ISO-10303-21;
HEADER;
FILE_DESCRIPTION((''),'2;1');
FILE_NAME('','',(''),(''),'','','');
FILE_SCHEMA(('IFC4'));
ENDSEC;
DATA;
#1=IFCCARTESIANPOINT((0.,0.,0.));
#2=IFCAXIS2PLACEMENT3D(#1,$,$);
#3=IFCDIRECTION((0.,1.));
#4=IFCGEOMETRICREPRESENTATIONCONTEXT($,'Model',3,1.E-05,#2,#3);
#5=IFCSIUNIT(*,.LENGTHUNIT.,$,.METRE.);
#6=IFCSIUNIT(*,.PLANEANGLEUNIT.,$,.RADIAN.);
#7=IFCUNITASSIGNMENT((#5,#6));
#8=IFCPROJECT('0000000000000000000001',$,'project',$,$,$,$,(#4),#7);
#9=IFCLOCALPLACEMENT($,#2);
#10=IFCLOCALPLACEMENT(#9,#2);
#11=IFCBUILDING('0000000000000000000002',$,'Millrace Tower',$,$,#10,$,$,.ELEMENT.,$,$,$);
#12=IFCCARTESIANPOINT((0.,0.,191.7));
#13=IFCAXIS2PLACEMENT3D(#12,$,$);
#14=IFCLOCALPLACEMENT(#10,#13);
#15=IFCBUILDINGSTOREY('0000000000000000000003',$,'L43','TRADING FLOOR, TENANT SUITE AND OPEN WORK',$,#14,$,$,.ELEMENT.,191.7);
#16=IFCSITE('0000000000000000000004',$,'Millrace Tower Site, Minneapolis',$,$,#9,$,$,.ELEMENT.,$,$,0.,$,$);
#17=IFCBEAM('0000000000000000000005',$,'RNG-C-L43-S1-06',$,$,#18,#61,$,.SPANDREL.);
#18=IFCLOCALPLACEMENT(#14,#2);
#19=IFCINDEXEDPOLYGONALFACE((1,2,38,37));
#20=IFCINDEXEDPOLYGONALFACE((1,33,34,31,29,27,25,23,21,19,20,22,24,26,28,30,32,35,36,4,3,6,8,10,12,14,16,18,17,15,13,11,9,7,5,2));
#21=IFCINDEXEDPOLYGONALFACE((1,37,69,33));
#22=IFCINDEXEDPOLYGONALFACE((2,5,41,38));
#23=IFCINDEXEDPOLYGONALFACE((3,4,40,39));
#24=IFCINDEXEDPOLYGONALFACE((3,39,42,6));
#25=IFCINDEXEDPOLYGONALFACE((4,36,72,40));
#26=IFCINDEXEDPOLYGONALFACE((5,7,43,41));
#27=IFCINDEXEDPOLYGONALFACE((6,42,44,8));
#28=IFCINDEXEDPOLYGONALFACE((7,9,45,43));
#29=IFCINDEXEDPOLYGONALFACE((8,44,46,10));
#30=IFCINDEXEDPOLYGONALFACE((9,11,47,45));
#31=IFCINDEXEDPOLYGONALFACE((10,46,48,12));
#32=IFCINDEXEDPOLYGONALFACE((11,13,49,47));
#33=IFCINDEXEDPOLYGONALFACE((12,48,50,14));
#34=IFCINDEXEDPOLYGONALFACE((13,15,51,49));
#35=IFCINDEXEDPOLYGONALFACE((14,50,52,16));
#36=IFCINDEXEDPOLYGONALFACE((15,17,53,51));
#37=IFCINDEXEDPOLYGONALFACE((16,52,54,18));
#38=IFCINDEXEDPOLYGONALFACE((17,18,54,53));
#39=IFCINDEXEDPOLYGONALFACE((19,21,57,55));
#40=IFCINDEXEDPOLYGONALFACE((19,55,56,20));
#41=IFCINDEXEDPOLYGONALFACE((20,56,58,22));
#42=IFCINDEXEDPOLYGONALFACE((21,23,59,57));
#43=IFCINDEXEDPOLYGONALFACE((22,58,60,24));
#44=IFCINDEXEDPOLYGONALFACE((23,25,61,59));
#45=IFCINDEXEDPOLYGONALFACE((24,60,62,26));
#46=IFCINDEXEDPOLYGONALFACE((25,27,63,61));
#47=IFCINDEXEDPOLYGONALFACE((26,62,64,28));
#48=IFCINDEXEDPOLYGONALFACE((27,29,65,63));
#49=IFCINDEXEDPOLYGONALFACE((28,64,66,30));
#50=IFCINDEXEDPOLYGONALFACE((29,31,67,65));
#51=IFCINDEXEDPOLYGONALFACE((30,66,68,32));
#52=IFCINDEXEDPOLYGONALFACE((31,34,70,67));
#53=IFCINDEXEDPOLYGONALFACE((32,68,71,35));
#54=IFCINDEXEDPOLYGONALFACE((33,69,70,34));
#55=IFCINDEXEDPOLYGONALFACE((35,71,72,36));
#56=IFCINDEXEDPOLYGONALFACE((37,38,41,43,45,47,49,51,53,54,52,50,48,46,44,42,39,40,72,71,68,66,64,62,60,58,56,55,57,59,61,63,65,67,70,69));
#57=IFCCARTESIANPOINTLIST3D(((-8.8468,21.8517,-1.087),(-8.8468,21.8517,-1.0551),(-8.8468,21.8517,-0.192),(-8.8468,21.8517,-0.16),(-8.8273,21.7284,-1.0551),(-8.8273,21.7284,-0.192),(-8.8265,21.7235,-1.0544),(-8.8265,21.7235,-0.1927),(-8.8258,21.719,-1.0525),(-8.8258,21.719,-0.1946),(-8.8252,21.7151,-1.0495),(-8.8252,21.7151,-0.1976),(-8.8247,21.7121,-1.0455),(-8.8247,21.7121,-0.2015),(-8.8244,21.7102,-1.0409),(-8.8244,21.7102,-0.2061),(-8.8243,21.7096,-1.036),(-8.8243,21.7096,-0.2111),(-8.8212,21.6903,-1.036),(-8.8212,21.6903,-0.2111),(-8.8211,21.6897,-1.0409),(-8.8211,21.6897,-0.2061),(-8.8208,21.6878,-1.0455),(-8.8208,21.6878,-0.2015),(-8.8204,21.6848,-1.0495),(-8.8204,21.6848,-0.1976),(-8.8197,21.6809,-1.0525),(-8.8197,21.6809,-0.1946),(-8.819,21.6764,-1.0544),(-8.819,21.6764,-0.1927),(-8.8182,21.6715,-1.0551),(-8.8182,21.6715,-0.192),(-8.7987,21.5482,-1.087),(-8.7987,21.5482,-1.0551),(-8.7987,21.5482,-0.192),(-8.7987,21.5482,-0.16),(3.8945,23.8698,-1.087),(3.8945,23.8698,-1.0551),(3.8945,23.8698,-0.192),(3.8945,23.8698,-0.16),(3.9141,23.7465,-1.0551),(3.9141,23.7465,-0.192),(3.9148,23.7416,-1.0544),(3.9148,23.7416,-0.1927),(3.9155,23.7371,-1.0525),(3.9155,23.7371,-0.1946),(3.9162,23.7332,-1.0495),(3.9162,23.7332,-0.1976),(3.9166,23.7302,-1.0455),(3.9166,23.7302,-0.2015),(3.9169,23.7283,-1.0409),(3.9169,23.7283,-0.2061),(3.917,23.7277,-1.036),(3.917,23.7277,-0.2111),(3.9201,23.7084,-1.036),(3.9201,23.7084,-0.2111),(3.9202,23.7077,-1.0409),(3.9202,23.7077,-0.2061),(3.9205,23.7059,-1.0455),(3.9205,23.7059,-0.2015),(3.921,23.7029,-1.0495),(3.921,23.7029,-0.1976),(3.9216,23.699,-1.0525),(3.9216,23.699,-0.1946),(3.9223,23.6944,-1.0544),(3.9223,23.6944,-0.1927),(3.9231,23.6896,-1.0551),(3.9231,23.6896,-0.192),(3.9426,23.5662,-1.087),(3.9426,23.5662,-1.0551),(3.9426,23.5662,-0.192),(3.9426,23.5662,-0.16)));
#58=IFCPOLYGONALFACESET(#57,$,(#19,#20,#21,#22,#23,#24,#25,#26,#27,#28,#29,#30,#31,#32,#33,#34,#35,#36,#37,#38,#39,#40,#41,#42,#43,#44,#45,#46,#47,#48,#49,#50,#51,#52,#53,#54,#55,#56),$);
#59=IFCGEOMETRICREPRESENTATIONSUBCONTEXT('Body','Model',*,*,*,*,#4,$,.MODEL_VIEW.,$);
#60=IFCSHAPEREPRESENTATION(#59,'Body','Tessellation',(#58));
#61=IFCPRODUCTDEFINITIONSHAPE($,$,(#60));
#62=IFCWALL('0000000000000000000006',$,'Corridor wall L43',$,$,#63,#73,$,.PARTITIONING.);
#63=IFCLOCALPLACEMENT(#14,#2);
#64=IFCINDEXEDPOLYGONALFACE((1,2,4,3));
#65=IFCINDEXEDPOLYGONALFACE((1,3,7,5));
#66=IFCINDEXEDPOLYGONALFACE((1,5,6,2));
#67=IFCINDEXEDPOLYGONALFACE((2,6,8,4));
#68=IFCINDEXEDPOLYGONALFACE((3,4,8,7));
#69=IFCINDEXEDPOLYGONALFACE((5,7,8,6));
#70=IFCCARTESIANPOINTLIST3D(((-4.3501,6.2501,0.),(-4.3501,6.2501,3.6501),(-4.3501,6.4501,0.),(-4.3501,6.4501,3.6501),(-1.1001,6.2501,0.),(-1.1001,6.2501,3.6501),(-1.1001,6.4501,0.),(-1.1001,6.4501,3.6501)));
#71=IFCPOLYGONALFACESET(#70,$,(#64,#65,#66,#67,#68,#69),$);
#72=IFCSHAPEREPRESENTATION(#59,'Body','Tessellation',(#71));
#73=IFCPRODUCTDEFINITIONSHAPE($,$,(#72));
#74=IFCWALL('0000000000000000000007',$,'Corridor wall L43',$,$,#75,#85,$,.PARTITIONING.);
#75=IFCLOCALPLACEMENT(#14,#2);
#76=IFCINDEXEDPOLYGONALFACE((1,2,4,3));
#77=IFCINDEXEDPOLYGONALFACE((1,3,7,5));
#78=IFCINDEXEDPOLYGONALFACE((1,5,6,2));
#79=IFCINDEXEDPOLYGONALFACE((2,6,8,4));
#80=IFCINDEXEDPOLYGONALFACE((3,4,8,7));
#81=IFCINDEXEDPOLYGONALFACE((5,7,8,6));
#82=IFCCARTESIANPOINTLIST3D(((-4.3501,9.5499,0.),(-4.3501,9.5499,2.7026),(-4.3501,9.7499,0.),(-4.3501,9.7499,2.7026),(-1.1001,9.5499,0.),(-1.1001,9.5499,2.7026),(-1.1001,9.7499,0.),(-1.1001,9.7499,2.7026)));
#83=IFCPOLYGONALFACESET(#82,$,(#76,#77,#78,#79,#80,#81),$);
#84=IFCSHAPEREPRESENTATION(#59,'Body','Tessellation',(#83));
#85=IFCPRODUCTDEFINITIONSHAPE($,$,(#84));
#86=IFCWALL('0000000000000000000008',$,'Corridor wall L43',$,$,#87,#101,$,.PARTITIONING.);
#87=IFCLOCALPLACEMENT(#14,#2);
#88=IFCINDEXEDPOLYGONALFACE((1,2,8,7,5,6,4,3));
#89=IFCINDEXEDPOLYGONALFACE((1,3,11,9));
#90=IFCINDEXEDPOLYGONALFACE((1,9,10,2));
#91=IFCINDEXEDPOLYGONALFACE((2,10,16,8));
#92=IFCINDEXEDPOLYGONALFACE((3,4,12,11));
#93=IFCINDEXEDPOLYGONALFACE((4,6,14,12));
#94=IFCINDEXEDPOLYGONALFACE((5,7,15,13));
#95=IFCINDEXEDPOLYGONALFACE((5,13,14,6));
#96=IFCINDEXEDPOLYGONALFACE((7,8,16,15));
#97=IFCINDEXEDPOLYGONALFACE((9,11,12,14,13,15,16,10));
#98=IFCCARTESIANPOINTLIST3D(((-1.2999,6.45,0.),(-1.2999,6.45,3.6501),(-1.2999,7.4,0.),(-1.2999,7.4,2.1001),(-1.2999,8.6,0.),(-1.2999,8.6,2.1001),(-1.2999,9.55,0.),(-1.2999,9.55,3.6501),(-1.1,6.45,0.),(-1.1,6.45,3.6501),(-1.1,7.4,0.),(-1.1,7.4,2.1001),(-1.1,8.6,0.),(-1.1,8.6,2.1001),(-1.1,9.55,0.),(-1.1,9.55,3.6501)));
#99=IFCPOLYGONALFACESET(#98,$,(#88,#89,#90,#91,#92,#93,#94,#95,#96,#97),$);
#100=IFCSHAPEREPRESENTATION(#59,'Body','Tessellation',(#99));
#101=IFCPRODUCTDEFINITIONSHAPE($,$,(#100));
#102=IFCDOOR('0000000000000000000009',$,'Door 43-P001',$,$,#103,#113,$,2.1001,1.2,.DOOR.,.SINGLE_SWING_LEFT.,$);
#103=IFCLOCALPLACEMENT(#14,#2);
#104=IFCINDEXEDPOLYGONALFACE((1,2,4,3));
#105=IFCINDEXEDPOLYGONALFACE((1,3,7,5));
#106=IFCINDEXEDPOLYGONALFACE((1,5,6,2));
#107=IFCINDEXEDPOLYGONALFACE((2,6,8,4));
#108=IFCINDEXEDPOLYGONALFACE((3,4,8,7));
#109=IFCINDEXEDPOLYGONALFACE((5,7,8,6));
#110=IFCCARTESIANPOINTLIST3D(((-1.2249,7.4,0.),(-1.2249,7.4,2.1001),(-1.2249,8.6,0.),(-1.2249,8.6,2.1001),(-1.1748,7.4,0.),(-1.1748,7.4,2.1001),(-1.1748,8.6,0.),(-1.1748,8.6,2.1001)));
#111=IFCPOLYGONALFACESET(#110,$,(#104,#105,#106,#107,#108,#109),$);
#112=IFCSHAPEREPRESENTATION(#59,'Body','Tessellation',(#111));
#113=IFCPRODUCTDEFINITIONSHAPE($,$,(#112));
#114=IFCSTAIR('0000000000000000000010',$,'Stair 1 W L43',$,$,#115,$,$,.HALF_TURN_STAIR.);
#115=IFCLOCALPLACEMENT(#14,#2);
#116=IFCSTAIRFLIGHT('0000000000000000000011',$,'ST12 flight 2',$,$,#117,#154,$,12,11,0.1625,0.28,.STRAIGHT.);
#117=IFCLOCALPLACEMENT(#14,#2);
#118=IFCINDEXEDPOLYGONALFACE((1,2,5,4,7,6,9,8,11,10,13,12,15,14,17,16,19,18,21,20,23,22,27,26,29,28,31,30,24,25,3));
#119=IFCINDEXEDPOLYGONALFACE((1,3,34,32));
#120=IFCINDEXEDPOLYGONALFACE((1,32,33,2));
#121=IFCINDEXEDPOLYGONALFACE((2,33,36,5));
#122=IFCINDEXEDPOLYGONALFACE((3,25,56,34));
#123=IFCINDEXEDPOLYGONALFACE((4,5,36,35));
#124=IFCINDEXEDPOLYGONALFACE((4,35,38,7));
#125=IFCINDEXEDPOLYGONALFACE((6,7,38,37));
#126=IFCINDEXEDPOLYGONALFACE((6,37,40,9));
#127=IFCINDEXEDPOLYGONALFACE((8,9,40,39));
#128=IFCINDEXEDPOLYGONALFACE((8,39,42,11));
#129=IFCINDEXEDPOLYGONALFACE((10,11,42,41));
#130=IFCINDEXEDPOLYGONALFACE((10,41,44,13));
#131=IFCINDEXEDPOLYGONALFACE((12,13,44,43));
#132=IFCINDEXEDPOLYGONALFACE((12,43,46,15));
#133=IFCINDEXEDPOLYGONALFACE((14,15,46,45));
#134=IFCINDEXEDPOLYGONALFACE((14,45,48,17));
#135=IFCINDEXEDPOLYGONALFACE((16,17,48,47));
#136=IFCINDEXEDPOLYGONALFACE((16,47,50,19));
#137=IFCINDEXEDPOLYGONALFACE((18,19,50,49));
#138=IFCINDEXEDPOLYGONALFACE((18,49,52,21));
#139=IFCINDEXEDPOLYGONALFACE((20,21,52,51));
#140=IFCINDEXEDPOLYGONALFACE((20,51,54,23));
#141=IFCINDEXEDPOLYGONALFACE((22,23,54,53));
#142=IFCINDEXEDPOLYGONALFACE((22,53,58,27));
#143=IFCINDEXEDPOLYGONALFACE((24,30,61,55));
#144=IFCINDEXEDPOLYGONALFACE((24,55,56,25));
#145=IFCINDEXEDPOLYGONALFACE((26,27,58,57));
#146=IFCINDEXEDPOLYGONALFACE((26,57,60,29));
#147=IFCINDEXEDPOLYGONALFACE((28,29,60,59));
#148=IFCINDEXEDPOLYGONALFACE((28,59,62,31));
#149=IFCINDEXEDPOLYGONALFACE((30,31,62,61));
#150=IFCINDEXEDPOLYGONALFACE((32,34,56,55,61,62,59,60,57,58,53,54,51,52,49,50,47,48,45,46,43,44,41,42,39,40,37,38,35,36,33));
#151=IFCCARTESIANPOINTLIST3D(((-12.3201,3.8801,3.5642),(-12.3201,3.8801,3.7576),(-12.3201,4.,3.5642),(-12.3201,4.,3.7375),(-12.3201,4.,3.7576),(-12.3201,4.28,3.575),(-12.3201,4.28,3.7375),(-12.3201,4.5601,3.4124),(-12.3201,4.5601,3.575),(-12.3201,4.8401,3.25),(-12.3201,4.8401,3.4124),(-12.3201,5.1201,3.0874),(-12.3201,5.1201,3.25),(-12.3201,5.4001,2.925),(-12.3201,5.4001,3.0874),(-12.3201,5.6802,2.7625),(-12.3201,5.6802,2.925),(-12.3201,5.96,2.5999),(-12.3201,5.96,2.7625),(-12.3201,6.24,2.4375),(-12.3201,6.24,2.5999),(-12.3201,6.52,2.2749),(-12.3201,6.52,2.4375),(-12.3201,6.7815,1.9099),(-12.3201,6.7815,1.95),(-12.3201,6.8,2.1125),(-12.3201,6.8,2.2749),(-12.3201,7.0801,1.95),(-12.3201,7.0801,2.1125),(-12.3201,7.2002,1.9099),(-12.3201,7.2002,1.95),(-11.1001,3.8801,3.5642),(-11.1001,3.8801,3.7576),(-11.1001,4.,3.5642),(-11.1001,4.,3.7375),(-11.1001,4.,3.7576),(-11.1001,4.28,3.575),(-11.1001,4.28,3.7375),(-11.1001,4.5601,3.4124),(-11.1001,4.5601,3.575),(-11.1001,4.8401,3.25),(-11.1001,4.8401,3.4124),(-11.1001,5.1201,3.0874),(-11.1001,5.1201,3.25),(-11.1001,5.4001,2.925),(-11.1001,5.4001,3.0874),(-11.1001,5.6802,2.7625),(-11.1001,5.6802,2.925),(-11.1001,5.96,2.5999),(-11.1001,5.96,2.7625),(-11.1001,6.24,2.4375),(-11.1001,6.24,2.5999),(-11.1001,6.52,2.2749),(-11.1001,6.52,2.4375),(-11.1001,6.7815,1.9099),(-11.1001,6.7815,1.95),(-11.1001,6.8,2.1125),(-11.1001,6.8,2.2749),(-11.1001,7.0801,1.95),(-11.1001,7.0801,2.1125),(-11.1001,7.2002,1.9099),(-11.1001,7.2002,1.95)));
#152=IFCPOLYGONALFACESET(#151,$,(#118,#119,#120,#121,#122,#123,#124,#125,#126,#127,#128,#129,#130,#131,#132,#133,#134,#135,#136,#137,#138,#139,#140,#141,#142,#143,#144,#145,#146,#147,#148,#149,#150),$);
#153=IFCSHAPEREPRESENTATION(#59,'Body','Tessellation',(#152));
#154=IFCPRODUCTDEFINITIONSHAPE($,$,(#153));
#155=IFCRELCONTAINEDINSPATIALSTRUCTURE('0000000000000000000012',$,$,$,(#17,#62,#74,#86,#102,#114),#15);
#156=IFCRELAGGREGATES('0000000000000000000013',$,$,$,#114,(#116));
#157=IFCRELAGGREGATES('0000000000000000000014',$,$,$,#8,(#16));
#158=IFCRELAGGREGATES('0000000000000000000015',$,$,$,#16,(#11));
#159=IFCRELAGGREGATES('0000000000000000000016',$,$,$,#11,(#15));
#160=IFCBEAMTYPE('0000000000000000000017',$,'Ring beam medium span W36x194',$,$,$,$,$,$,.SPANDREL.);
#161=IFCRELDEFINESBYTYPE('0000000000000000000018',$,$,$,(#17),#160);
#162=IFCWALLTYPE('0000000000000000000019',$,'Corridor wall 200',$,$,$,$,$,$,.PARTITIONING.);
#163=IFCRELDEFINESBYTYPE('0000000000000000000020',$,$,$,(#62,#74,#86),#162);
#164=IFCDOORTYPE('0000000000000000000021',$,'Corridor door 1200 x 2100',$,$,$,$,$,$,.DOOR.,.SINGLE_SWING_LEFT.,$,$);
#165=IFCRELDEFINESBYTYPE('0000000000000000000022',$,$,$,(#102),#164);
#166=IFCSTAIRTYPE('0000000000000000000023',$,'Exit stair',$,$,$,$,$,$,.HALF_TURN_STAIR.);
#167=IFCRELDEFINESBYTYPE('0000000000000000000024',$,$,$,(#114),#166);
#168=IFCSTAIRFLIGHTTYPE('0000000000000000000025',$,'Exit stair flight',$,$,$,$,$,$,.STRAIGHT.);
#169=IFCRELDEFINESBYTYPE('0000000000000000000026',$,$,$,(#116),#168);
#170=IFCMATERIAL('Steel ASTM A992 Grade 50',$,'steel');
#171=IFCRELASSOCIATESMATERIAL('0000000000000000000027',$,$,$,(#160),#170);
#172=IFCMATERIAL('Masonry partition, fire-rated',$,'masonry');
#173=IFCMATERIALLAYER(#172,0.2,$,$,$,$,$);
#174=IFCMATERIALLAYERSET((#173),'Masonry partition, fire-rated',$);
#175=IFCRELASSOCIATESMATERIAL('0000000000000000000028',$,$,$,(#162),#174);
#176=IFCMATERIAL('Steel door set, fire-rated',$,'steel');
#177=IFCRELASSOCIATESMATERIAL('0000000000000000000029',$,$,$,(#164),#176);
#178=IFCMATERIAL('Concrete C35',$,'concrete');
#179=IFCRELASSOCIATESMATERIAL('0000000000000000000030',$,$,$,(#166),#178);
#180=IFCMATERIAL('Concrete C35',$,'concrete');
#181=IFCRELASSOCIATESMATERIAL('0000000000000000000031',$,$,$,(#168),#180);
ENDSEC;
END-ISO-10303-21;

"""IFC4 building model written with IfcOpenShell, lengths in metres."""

from ifc_helpers import new_model, si_unit, direction, frame, frame_2d, origin, origin_2d, place, context, subcontext, project, spatial, polyline, rectangle, i_section, outline, extrude, material, layer, layer_set, material_profile, profile_set, type_object, element, fill, aggregate, save


model = new_model("IFC4")

# Units and contexts
model_context = context("Model", 3, precision=1e-05, world=origin(), true_north=direction((0.0, 1.0)))
body_context = subcontext(model_context, "Body", "Model", "MODEL_VIEW")
ifc_project = project(units=[si_unit("LENGTHUNIT", "METRE"), si_unit("PLANEANGLEUNIT", "RADIAN")], contexts=[model_context])

# Site, building, storey
site_placement = place(None, origin())
site = spatial("IfcSite", under=ifc_project, at=site_placement, Name="Millrace Tower Site, Minneapolis", CompositionType="ELEMENT", RefElevation=0.0)
building_placement = place(site_placement, origin())
building = spatial("IfcBuilding", under=site, at=building_placement, Name="Millrace Tower", CompositionType="ELEMENT")
storey_placement = place(building_placement, frame((0.0, 0.0, 191.7)))
storey = spatial("IfcBuildingStorey", under=building, at=storey_placement, Name="L43", Description="TRADING FLOOR, TENANT SUITE AND OPEN WORK", CompositionType="ELEMENT", Elevation=191.7)

# Shared definitions
placement = place(storey_placement, origin())

# Beam
ifc_material_1 = material(Name="Steel ASTM A992 Grade 50", Category="steel")
ifc_material_profile_1 = material_profile(ifc_material_1, i_section(OverallWidth=0.3074, OverallDepth=0.927, WebThickness=0.0195, FlangeThickness=0.032, FilletRadius=0.019, at=origin_2d()))
ifc_profile_set_1 = profile_set([ifc_material_profile_1], Name="Steel ASTM A992 Grade 50")
beam_type_1 = type_object("IfcBeamType", Name="Ring beam medium span W36x194", PredefinedType="SPANDREL", material=ifc_profile_set_1)
beam_1_placement = place(storey_placement, frame((-8.8228, 21.7, -0.6235), z_axis=(0.987688, 0.156439, 0.0), x_axis=(-0.156439, 0.987688, 0.0)))
element("IfcBeam", 1, at=beam_1_placement, inside=storey, type_object=beam_type_1, Name="RNG-C-L43-S1-06", PredefinedType="SPANDREL", context=body_context, shape_type="SweptSolid", body=[
    extrude(i_section(OverallWidth=0.3074, OverallDepth=0.927, WebThickness=0.0195, FlangeThickness=0.032, FilletRadius=0.019, at=origin_2d()), origin(), (0.0, 0.0, 1.0), 12.9001),
])

# Walls
ifc_material_2 = material(Name="Masonry partition, fire-rated", Category="masonry")
ifc_layer_1 = layer(ifc_material_2, 0.2)
ifc_layer_set_1 = layer_set([ifc_layer_1], Name="Masonry partition, fire-rated")
wall_type = type_object("IfcWallType", Name="Corridor wall 200", PredefinedType="PARTITIONING", material=ifc_layer_set_1)
wall_1_placement = place(storey_placement, frame((-4.3501, 6.3501, 0.0), z_axis=(0.0, 0.0, 1.0), x_axis=(1.0, 0.0, 0.0)))
element("IfcWall", 2, at=wall_1_placement, inside=storey, type_object=wall_type, Name="Corridor wall L43", PredefinedType="PARTITIONING", context=body_context, shape_type="SweptSolid", body=[
    extrude(rectangle(XDim=3.25, YDim=0.2, at=frame_2d((1.625, 0.0))), origin(), (0.0, 0.0, 1.0), 3.6501),
])
wall_2_placement = place(storey_placement, frame((-4.3501, 9.6499, 0.0), z_axis=(0.0, 0.0, 1.0), x_axis=(1.0, 0.0, 0.0)))
element("IfcWall", 3, at=wall_2_placement, inside=storey, type_object=wall_type, Name="Corridor wall L43", PredefinedType="PARTITIONING", context=body_context, shape_type="SweptSolid", body=[
    extrude(rectangle(XDim=3.25, YDim=0.2, at=frame_2d((1.625, 0.0))), origin(), (0.0, 0.0, 1.0), 2.7026),
])

# Wall, opening, door
wall_3_placement = place(storey_placement, frame((-1.2, 6.45, 0.0), z_axis=(0.0, 0.0, 1.0), x_axis=(0.0, 1.0, 0.0)))
wall_3 = element("IfcWall", 4, at=wall_3_placement, inside=storey, type_object=wall_type, Name="Corridor wall L43", PredefinedType="PARTITIONING", context=body_context, shape_type="SweptSolid", body=[
    extrude(rectangle(XDim=3.1001, YDim=0.2, at=frame_2d((1.55, 0.0))), origin(), (0.0, 0.0, 1.0), 3.6501),
])
opening_placement = place(wall_3_placement, frame((0.95, 0.0, 0.0)))
opening = element("IfcOpeningElement", 5, at=opening_placement, cuts=wall_3, PredefinedType="OPENING", context=body_context, shape_type="SweptSolid", body=[
    extrude(rectangle(XDim=1.2, YDim=2.1001, at=frame_2d((0.6001, 1.05))), frame((0.0, 0.1099, 0.0), z_axis=(0.0, -1.0, 0.0), x_axis=(1.0, 0.0, 0.0)), (0.0, 0.0, 1.0), 0.22),
])
ifc_material_3 = material(Name="Steel door set, fire-rated", Category="steel")
door_type = type_object("IfcDoorType", Name="Corridor door 1200 x 2100", OperationType="SINGLE_SWING_LEFT", PredefinedType="DOOR", material=ifc_material_3)
door_placement = place(opening_placement, origin())
door = element("IfcDoor", 6, at=door_placement, inside=storey, type_object=door_type, Name="Door 43-P001", OperationType="SINGLE_SWING_LEFT", OverallHeight=2.1001, OverallWidth=1.2, PredefinedType="DOOR", context=body_context, shape_type="SweptSolid", body=[
    extrude(rectangle(XDim=1.2, YDim=2.1001, at=frame_2d((0.6001, 1.05))), frame((0.0, 0.0249, 0.0), z_axis=(0.0, -1.0, 0.0), x_axis=(1.0, 0.0, 0.0)), (0.0, 0.0, 1.0), 0.05),
])
fill(opening, door)

# Stair, stair flight
ifc_material_4 = material(Name="Concrete C35", Category="concrete")
stair_type = type_object("IfcStairType", Name="Exit stair", PredefinedType="HALF_TURN_STAIR", material=ifc_material_4)
stair_1 = element("IfcStair", 7, at=placement, inside=storey, type_object=stair_type, Name="Stair 1 W L43", PredefinedType="HALF_TURN_STAIR")
ifc_material_5 = material(Name="Concrete C35", Category="concrete")
stair_flight_type = type_object("IfcStairFlightType", Name="Exit stair flight", PredefinedType="STRAIGHT", material=ifc_material_5)
stair_flight_1_placement = place(storey_placement, frame((-11.71, 7.0801, 1.95), z_axis=(0.0, 0.0, 1.0), x_axis=(0.0, -1.0, 0.0)))
stair_flight_1 = element("IfcStairFlight", 8, at=stair_flight_1_placement, type_object=stair_flight_type, Name="ST12 flight 2", NumberOfRisers=12, NumberOfTreads=11, PredefinedType="STRAIGHT", RiserHeight=0.1625, TreadLength=0.28, context=body_context, shape_type="SweptSolid", body=[
    extrude(outline(polyline([(-0.1201, -0.04), (-0.1201, 0.0), (0.0, 0.0), (0.0, 0.1626), (0.28, 0.1626), (0.28, 0.325), (0.5601, 0.325), (0.5601, 0.4875), (0.8401, 0.4875), (0.8401, 0.6499), (1.1201, 0.6499), (1.1201, 0.8125), (1.3999, 0.8125), (1.3999, 0.9751), (1.6799, 0.9751), (1.6799, 1.1375), (1.96, 1.1375), (1.96, 1.3), (2.24, 1.3), (2.24, 1.4624), (2.52, 1.4624), (2.52, 1.625), (2.8, 1.625), (2.8, 1.7876), (3.0801, 1.7876), (3.0801, 1.8076), (3.2, 1.8076), (3.2, 1.6143), (3.0801, 1.6143), (0.2986, 0.0), (0.2986, -0.04), (-0.1201, -0.04)])), frame((0.0, 0.6099, 0.0), z_axis=(0.0, -1.0, 0.0), x_axis=(1.0, 0.0, 0.0)), (0.0, 0.0, 1.0), 1.22),
])
aggregate(stair_1, [stair_flight_1])

save(model, "model.ifc")
